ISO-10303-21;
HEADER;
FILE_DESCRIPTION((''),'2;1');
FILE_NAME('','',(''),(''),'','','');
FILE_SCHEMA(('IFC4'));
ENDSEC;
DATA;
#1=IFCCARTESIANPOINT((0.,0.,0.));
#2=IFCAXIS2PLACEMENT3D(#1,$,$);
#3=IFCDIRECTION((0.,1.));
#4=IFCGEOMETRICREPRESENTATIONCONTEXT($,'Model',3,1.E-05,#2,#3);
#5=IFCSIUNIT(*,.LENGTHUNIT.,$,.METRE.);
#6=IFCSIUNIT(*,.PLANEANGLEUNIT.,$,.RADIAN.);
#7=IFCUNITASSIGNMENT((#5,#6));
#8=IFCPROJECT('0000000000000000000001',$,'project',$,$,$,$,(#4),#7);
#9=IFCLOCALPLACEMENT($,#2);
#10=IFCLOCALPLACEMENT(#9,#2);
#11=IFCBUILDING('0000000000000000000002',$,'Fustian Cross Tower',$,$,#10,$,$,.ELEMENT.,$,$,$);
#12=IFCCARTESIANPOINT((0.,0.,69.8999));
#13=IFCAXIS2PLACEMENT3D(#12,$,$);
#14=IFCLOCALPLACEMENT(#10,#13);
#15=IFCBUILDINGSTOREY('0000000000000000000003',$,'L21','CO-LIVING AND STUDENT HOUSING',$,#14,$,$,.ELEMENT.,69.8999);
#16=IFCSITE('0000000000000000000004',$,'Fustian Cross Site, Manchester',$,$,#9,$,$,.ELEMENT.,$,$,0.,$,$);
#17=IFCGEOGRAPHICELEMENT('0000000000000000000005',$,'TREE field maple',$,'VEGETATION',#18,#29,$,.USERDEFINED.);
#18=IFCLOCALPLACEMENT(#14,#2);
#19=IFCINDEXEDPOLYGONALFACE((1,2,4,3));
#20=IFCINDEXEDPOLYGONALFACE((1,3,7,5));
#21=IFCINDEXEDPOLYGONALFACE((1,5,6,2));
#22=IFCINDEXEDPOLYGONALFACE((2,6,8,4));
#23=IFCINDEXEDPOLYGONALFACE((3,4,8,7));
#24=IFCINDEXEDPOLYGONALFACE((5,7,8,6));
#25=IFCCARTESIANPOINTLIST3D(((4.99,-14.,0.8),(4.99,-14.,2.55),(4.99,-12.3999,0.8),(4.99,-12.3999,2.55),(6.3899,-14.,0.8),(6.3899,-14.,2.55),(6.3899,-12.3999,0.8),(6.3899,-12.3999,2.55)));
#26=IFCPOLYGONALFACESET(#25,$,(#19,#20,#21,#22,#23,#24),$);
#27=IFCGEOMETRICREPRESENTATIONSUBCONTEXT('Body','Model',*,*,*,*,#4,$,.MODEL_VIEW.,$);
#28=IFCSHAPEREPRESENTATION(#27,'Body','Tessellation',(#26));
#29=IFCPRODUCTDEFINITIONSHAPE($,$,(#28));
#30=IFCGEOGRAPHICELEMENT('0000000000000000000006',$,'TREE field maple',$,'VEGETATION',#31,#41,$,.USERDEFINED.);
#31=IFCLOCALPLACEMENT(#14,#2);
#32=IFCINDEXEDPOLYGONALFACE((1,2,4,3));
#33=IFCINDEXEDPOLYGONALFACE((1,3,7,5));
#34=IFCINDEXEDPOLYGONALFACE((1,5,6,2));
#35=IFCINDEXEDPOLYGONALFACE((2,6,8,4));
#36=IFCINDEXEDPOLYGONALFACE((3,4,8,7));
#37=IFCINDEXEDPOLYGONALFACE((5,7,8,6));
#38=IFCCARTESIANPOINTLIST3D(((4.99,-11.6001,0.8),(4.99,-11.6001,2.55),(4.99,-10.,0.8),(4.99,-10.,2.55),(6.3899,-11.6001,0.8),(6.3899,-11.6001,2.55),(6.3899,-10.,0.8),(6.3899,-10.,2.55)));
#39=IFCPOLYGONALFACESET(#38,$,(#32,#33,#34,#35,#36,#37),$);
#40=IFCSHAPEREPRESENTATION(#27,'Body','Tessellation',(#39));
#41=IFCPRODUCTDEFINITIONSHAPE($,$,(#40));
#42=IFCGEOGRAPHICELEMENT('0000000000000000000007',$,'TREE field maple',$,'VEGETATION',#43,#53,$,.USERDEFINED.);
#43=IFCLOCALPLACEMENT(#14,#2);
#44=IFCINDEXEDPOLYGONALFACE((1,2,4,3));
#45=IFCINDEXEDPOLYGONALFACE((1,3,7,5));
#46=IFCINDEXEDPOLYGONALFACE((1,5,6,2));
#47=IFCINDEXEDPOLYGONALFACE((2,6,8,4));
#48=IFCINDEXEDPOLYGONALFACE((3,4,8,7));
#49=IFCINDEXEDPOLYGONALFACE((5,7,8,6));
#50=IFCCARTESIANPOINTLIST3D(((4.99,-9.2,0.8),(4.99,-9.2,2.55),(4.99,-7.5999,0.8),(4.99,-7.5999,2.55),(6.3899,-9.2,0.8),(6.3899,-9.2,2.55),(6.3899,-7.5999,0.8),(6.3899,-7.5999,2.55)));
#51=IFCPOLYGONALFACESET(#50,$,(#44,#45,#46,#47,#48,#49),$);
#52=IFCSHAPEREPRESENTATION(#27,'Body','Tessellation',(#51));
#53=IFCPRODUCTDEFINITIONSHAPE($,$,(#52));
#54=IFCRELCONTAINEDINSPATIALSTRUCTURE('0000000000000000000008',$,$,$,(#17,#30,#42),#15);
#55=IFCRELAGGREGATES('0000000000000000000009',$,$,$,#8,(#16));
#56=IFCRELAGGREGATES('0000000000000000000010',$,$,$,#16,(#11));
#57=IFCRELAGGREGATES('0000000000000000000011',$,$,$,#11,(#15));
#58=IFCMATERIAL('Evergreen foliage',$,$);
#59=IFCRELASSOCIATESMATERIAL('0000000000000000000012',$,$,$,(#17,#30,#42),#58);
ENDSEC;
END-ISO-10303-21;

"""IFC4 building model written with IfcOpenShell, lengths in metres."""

from ifc_helpers import new_model, si_unit, direction, frame, origin, origin_2d, place, context, subcontext, project, spatial, rectangle, extrude, material, element, save


model = new_model("IFC4")

# Units and contexts
model_context = context("Model", 3, precision=1e-05, world=origin(), true_north=direction((0.0, 1.0)))
body_context = subcontext(model_context, "Body", "Model", "MODEL_VIEW")
ifc_project = project(units=[si_unit("LENGTHUNIT", "METRE"), si_unit("PLANEANGLEUNIT", "RADIAN")], contexts=[model_context])

# Site, building, storey
site_placement = place(None, origin())
site = spatial("IfcSite", under=ifc_project, at=site_placement, Name="Fustian Cross Site, Manchester", CompositionType="ELEMENT", RefElevation=0.0)
building_placement = place(site_placement, origin())
building = spatial("IfcBuilding", under=site, at=building_placement, Name="Fustian Cross Tower", CompositionType="ELEMENT")
storey_placement = place(building_placement, frame((0.0, 0.0, 69.8999)))
storey = spatial("IfcBuildingStorey", under=building, at=storey_placement, Name="L21", Description="CO-LIVING AND STUDENT HOUSING", CompositionType="ELEMENT", Elevation=69.8999)

# Geographic elements
ifc_material_1 = material(Name="Evergreen foliage")
for number, where, z_axis, x_axis, name in (
    (1, (5.6899, -13.2, 0.8), (0.0, 0.0, 1.0), (1.0, 0.0, 0.0), "TREE field maple"),
    (2, (5.6899, -10.8, 0.8), (0.0, 0.0, 1.0), (1.0, 0.0, 0.0), "TREE field maple"),
    (3, (5.6899, -8.3999, 0.8), (0.0, 0.0, 1.0), (1.0, 0.0, 0.0), "TREE field maple"),
):
    element("IfcGeographicElement", number, at=place(storey_placement, frame(where, z_axis=z_axis, x_axis=x_axis)), inside=storey, material=ifc_material_1, Name=name, ObjectType="VEGETATION", PredefinedType="USERDEFINED", context=body_context, shape_type="SweptSolid", body=[
        extrude(rectangle(XDim=1.3999, YDim=1.6001, at=origin_2d()), origin(), (0.0, 0.0, 1.0), 1.75),
    ])

save(model, "model.ifc")
